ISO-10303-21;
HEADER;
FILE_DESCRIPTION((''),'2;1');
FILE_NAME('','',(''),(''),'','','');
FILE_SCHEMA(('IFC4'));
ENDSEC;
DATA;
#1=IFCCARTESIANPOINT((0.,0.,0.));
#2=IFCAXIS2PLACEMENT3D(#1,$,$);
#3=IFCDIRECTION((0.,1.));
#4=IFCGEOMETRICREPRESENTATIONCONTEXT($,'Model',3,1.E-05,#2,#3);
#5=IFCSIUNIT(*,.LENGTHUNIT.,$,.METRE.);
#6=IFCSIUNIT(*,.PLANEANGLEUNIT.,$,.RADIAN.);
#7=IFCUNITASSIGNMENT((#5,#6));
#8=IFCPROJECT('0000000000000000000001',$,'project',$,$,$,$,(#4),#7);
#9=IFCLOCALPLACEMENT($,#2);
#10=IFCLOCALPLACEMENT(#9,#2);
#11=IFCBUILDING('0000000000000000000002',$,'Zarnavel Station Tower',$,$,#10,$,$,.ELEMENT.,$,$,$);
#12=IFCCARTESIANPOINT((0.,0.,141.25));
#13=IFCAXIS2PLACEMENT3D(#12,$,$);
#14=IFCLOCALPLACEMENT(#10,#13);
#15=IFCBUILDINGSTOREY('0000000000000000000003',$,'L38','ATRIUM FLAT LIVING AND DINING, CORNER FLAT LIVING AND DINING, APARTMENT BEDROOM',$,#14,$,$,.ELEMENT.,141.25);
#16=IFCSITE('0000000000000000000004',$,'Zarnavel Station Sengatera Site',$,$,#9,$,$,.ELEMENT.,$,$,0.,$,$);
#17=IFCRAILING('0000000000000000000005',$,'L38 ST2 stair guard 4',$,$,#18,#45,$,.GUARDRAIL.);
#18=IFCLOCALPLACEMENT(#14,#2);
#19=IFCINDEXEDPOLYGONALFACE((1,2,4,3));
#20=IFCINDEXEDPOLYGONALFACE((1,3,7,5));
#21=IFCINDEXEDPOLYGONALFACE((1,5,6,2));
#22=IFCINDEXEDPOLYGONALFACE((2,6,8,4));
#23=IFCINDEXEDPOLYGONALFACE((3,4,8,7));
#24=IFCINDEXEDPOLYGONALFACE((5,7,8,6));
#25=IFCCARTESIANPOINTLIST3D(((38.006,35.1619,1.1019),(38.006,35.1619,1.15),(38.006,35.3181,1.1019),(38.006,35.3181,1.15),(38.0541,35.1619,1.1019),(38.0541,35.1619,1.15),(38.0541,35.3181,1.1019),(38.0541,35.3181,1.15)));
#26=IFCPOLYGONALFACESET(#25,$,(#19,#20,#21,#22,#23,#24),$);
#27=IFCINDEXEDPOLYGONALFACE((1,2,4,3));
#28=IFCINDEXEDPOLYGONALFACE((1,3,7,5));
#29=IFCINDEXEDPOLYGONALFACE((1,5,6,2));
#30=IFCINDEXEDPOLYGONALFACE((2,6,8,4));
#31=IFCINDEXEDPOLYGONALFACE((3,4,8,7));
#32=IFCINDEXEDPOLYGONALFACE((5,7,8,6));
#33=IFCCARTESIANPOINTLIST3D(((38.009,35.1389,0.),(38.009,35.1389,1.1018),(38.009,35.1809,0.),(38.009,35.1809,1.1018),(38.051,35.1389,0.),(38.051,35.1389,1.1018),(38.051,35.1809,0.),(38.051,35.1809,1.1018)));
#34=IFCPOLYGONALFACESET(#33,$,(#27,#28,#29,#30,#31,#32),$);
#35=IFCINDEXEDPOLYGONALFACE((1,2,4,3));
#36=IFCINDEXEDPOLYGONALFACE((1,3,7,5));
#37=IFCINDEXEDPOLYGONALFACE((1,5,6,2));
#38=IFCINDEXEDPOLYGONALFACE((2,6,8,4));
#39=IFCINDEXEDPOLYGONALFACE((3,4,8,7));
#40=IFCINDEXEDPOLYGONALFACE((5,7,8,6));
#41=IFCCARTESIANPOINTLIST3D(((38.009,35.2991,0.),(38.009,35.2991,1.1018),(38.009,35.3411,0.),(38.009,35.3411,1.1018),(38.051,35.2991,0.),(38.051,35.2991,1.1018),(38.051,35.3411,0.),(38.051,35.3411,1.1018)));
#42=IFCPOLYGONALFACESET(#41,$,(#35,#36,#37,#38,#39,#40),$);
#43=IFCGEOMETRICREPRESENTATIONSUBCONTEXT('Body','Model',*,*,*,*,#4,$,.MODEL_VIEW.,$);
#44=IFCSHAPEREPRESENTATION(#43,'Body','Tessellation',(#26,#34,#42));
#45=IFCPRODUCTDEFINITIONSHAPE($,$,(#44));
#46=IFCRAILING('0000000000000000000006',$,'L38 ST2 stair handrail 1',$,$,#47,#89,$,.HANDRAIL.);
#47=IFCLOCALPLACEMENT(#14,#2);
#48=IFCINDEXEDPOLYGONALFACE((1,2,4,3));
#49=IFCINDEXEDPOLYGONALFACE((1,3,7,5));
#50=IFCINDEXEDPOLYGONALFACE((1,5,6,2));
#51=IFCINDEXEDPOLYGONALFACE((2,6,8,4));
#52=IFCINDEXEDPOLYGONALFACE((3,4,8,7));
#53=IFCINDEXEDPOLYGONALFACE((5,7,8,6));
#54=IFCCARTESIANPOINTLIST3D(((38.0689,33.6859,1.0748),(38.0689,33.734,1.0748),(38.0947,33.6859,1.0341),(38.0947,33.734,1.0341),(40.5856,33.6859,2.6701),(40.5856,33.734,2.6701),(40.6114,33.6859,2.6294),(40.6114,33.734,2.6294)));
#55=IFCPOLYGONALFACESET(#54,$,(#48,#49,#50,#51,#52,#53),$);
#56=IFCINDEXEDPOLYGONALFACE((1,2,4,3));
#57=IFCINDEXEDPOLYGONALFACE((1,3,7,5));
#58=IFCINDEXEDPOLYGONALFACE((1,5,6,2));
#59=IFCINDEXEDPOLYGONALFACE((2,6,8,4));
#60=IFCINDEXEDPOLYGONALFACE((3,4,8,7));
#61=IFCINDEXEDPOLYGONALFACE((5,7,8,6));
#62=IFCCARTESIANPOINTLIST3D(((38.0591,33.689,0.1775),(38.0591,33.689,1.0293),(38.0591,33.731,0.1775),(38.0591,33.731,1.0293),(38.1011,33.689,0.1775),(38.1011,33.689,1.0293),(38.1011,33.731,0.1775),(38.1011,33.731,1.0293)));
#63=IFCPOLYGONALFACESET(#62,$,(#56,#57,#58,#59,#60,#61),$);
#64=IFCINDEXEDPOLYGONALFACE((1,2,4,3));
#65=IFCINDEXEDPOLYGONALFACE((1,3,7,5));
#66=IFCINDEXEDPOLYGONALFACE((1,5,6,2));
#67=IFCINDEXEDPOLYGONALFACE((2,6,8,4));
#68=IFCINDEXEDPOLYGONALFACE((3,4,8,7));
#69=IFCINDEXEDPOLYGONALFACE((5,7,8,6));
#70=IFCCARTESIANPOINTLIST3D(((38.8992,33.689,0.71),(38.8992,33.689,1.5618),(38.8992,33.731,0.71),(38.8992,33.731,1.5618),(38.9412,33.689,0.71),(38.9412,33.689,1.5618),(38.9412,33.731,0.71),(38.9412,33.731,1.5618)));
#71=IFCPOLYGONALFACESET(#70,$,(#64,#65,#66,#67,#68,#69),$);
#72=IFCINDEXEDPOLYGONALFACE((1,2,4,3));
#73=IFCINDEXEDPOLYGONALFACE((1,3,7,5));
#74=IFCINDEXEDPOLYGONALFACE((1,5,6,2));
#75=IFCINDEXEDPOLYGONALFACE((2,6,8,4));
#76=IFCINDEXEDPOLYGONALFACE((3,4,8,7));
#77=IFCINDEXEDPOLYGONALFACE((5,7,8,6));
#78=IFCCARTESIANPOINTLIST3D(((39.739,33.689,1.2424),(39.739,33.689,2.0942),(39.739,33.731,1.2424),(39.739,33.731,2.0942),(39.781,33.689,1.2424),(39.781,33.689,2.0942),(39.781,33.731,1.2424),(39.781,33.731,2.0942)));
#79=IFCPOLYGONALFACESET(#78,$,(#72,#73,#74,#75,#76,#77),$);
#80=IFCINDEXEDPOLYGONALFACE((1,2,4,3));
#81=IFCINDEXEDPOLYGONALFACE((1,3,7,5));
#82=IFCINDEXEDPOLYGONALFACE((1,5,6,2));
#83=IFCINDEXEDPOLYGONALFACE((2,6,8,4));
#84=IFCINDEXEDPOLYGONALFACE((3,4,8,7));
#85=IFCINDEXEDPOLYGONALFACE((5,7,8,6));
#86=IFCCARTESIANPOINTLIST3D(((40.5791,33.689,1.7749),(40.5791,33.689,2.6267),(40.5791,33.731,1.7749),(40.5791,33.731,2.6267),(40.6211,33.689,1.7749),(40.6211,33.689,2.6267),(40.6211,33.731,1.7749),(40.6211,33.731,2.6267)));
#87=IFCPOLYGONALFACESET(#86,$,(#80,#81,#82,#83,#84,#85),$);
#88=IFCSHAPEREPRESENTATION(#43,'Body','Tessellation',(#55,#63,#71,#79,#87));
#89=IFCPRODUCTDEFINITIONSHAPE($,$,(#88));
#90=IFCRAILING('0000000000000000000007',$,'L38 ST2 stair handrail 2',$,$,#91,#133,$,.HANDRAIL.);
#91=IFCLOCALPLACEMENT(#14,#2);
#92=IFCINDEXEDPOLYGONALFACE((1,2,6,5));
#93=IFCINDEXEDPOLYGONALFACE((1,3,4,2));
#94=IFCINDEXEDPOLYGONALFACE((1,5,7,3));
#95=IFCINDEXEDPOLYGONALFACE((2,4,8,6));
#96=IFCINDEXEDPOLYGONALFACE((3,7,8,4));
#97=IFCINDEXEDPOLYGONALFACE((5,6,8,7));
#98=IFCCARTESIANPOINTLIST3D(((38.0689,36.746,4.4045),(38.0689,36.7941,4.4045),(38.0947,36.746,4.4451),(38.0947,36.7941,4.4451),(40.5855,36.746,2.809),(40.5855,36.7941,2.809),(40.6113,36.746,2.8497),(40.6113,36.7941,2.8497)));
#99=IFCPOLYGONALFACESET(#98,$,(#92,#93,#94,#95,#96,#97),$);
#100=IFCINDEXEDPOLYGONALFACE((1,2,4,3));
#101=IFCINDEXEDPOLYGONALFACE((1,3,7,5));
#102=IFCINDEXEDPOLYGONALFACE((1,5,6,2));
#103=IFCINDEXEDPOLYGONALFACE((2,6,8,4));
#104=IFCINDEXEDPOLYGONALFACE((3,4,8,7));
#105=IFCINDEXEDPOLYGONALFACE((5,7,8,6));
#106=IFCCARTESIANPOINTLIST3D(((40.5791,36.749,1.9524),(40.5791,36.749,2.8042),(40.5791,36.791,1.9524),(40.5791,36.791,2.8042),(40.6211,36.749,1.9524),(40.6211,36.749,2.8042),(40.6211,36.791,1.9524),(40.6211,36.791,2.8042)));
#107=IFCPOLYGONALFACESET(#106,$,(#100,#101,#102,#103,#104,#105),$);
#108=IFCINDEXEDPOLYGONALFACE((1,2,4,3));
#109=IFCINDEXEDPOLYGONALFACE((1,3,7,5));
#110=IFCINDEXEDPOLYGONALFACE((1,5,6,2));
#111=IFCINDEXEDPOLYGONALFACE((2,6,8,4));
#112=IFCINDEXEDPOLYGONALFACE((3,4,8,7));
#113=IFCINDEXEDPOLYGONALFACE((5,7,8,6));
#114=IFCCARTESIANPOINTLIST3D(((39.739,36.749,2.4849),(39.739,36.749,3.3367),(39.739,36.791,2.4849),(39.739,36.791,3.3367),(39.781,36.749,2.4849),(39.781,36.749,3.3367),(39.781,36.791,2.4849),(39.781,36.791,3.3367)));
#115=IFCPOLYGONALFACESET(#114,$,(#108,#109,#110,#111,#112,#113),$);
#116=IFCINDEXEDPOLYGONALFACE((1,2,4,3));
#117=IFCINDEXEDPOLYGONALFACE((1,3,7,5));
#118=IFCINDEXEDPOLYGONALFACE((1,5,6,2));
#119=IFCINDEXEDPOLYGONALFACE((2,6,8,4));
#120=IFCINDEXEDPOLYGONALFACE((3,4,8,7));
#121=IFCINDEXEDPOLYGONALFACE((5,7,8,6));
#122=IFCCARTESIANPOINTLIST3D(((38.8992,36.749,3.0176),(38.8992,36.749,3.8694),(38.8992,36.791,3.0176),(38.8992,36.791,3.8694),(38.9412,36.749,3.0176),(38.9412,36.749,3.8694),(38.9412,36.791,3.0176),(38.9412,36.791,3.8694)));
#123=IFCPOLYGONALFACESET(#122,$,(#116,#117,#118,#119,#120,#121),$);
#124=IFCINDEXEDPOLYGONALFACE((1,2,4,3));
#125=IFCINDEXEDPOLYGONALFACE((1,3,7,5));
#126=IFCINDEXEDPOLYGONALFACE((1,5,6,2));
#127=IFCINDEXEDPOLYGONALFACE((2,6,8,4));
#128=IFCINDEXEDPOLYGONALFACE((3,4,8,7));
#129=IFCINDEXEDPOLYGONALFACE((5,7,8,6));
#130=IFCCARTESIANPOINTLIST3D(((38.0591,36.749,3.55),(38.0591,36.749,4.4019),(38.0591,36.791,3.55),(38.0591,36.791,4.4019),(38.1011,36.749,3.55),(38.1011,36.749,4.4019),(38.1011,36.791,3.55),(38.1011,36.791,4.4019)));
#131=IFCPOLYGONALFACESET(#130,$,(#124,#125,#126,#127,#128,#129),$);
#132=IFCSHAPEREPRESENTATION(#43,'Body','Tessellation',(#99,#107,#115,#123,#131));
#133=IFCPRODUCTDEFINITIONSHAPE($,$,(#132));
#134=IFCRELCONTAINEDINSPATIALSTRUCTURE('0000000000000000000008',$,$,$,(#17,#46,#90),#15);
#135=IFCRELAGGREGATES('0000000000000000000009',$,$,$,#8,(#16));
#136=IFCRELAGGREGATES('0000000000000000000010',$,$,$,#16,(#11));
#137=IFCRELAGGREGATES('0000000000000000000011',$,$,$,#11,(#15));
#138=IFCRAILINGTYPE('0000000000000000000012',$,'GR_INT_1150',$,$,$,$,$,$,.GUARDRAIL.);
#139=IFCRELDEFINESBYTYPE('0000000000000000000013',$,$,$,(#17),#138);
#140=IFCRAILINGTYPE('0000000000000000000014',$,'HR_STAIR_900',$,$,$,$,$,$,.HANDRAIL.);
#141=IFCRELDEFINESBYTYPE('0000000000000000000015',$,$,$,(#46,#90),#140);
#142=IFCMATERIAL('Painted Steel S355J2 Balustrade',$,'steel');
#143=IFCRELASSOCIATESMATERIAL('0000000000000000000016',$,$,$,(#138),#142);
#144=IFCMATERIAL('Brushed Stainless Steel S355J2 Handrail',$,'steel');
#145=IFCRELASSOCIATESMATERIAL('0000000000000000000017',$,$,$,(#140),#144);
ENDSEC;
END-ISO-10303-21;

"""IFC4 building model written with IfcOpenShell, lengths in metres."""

from ifc_helpers import new_model, si_unit, direction, frame, origin, origin_2d, place, context, subcontext, project, spatial, rectangle, extrude, material, type_object, element, save


model = new_model("IFC4")

# Units and contexts
model_context = context("Model", 3, precision=1e-05, world=origin(), true_north=direction((0.0, 1.0)))
body_context = subcontext(model_context, "Body", "Model", "MODEL_VIEW")
ifc_project = project(units=[si_unit("LENGTHUNIT", "METRE"), si_unit("PLANEANGLEUNIT", "RADIAN")], contexts=[model_context])

# Site, building, storey
site_placement = place(None, origin())
site = spatial("IfcSite", under=ifc_project, at=site_placement, Name="Zarnavel Station Sengatera Site", CompositionType="ELEMENT", RefElevation=0.0)
building_placement = place(site_placement, origin())
building = spatial("IfcBuilding", under=site, at=building_placement, Name="Zarnavel Station Tower", CompositionType="ELEMENT")
storey_placement = place(building_placement, frame((0.0, 0.0, 141.25)))
storey = spatial("IfcBuildingStorey", under=building, at=storey_placement, Name="L38", Description="ATRIUM FLAT LIVING AND DINING, CORNER FLAT LIVING AND DINING, APARTMENT BEDROOM", CompositionType="ELEMENT", Elevation=141.25)

# Railings
ifc_material_1 = material(Name="Painted Steel S355J2 Balustrade", Category="steel")
railing_type_1 = type_object("IfcRailingType", Name="GR_INT_1150", PredefinedType="GUARDRAIL", material=ifc_material_1)
railing_1_placement = place(storey_placement, frame((38.03, 35.1599, 0.0)))
element("IfcRailing", 1, at=railing_1_placement, inside=storey, type_object=railing_type_1, Name="L38 ST2 stair guard 4", PredefinedType="GUARDRAIL", context=body_context, shape_type="SweptSolid", body=[
    extrude(rectangle(XDim=0.0481, YDim=0.0481, at=origin_2d()), frame((0.0, 0.002, 1.126), z_axis=(0.0, 1.0, 0.0), x_axis=(-1.0, 0.0, 0.0)), (0.0, 0.0, 1.0), 0.1562),
    extrude(rectangle(XDim=0.042, YDim=0.042, at=origin_2d()), origin(), (0.0, 0.0, 1.0), 1.1018),
    extrude(rectangle(XDim=0.042, YDim=0.042, at=origin_2d()), frame((0.0, 0.1602, 0.0)), (0.0, 0.0, 1.0), 1.1018),
])
ifc_material_2 = material(Name="Brushed Stainless Steel S355J2 Handrail", Category="steel")
railing_type_2 = type_object("IfcRailingType", Name="HR_STAIR_900", PredefinedType="HANDRAIL", material=ifc_material_2)
railing_2_placement = place(storey_placement, frame((38.0801, 33.71, 0.1775)))
element("IfcRailing", 2, at=railing_2_placement, inside=storey, type_object=railing_type_2, Name="L38 ST2 stair handrail 1", PredefinedType="HANDRAIL", context=body_context, shape_type="SweptSolid", body=[
    extrude(rectangle(XDim=0.0481, YDim=0.0481, at=origin_2d()), frame((0.0017, 0.0, 0.877), z_axis=(0.844607, 0.0, 0.535387), x_axis=(0.0, 1.0, 0.0)), (0.0, 0.0, 1.0), 2.9797),
    extrude(rectangle(XDim=0.042, YDim=0.042, at=origin_2d()), origin(), (0.0, 0.0, 1.0), 0.8518),
    extrude(rectangle(XDim=0.042, YDim=0.042, at=origin_2d()), frame((0.8401, 0.0, 0.5325)), (0.0, 0.0, 1.0), 0.8518),
    extrude(rectangle(XDim=0.042, YDim=0.042, at=origin_2d()), frame((1.6799, 0.0, 1.0649)), (0.0, 0.0, 1.0), 0.8518),
    extrude(rectangle(XDim=0.042, YDim=0.042, at=origin_2d()), frame((2.52, 0.0, 1.5974)), (0.0, 0.0, 1.0), 0.8518),
])
railing_3_placement = place(storey_placement, frame((40.6001, 36.77, 1.9524)))
element("IfcRailing", 3, at=railing_3_placement, inside=storey, type_object=railing_type_2, Name="L38 ST2 stair handrail 2", PredefinedType="HANDRAIL", context=body_context, shape_type="SweptSolid", body=[
    extrude(rectangle(XDim=0.0481, YDim=0.0481, at=origin_2d()), frame((-0.0017, 0.0, 0.877), z_axis=(-0.84457, 0.0, 0.535445), x_axis=(0.0, -1.0, 0.0)), (0.0, 0.0, 1.0), 2.9797),
    extrude(rectangle(XDim=0.042, YDim=0.042, at=origin_2d()), origin(), (0.0, 0.0, 1.0), 0.8518),
    extrude(rectangle(XDim=0.042, YDim=0.042, at=origin_2d()), frame((-0.8401, 0.0, 0.5325)), (0.0, 0.0, 1.0), 0.8518),
    extrude(rectangle(XDim=0.042, YDim=0.042, at=origin_2d()), frame((-1.6799, 0.0, 1.0652)), (0.0, 0.0, 1.0), 0.8518),
    extrude(rectangle(XDim=0.042, YDim=0.042, at=origin_2d()), frame((-2.52, 0.0, 1.5977)), (0.0, 0.0, 1.0), 0.8518),
])

save(model, "model.ifc")
